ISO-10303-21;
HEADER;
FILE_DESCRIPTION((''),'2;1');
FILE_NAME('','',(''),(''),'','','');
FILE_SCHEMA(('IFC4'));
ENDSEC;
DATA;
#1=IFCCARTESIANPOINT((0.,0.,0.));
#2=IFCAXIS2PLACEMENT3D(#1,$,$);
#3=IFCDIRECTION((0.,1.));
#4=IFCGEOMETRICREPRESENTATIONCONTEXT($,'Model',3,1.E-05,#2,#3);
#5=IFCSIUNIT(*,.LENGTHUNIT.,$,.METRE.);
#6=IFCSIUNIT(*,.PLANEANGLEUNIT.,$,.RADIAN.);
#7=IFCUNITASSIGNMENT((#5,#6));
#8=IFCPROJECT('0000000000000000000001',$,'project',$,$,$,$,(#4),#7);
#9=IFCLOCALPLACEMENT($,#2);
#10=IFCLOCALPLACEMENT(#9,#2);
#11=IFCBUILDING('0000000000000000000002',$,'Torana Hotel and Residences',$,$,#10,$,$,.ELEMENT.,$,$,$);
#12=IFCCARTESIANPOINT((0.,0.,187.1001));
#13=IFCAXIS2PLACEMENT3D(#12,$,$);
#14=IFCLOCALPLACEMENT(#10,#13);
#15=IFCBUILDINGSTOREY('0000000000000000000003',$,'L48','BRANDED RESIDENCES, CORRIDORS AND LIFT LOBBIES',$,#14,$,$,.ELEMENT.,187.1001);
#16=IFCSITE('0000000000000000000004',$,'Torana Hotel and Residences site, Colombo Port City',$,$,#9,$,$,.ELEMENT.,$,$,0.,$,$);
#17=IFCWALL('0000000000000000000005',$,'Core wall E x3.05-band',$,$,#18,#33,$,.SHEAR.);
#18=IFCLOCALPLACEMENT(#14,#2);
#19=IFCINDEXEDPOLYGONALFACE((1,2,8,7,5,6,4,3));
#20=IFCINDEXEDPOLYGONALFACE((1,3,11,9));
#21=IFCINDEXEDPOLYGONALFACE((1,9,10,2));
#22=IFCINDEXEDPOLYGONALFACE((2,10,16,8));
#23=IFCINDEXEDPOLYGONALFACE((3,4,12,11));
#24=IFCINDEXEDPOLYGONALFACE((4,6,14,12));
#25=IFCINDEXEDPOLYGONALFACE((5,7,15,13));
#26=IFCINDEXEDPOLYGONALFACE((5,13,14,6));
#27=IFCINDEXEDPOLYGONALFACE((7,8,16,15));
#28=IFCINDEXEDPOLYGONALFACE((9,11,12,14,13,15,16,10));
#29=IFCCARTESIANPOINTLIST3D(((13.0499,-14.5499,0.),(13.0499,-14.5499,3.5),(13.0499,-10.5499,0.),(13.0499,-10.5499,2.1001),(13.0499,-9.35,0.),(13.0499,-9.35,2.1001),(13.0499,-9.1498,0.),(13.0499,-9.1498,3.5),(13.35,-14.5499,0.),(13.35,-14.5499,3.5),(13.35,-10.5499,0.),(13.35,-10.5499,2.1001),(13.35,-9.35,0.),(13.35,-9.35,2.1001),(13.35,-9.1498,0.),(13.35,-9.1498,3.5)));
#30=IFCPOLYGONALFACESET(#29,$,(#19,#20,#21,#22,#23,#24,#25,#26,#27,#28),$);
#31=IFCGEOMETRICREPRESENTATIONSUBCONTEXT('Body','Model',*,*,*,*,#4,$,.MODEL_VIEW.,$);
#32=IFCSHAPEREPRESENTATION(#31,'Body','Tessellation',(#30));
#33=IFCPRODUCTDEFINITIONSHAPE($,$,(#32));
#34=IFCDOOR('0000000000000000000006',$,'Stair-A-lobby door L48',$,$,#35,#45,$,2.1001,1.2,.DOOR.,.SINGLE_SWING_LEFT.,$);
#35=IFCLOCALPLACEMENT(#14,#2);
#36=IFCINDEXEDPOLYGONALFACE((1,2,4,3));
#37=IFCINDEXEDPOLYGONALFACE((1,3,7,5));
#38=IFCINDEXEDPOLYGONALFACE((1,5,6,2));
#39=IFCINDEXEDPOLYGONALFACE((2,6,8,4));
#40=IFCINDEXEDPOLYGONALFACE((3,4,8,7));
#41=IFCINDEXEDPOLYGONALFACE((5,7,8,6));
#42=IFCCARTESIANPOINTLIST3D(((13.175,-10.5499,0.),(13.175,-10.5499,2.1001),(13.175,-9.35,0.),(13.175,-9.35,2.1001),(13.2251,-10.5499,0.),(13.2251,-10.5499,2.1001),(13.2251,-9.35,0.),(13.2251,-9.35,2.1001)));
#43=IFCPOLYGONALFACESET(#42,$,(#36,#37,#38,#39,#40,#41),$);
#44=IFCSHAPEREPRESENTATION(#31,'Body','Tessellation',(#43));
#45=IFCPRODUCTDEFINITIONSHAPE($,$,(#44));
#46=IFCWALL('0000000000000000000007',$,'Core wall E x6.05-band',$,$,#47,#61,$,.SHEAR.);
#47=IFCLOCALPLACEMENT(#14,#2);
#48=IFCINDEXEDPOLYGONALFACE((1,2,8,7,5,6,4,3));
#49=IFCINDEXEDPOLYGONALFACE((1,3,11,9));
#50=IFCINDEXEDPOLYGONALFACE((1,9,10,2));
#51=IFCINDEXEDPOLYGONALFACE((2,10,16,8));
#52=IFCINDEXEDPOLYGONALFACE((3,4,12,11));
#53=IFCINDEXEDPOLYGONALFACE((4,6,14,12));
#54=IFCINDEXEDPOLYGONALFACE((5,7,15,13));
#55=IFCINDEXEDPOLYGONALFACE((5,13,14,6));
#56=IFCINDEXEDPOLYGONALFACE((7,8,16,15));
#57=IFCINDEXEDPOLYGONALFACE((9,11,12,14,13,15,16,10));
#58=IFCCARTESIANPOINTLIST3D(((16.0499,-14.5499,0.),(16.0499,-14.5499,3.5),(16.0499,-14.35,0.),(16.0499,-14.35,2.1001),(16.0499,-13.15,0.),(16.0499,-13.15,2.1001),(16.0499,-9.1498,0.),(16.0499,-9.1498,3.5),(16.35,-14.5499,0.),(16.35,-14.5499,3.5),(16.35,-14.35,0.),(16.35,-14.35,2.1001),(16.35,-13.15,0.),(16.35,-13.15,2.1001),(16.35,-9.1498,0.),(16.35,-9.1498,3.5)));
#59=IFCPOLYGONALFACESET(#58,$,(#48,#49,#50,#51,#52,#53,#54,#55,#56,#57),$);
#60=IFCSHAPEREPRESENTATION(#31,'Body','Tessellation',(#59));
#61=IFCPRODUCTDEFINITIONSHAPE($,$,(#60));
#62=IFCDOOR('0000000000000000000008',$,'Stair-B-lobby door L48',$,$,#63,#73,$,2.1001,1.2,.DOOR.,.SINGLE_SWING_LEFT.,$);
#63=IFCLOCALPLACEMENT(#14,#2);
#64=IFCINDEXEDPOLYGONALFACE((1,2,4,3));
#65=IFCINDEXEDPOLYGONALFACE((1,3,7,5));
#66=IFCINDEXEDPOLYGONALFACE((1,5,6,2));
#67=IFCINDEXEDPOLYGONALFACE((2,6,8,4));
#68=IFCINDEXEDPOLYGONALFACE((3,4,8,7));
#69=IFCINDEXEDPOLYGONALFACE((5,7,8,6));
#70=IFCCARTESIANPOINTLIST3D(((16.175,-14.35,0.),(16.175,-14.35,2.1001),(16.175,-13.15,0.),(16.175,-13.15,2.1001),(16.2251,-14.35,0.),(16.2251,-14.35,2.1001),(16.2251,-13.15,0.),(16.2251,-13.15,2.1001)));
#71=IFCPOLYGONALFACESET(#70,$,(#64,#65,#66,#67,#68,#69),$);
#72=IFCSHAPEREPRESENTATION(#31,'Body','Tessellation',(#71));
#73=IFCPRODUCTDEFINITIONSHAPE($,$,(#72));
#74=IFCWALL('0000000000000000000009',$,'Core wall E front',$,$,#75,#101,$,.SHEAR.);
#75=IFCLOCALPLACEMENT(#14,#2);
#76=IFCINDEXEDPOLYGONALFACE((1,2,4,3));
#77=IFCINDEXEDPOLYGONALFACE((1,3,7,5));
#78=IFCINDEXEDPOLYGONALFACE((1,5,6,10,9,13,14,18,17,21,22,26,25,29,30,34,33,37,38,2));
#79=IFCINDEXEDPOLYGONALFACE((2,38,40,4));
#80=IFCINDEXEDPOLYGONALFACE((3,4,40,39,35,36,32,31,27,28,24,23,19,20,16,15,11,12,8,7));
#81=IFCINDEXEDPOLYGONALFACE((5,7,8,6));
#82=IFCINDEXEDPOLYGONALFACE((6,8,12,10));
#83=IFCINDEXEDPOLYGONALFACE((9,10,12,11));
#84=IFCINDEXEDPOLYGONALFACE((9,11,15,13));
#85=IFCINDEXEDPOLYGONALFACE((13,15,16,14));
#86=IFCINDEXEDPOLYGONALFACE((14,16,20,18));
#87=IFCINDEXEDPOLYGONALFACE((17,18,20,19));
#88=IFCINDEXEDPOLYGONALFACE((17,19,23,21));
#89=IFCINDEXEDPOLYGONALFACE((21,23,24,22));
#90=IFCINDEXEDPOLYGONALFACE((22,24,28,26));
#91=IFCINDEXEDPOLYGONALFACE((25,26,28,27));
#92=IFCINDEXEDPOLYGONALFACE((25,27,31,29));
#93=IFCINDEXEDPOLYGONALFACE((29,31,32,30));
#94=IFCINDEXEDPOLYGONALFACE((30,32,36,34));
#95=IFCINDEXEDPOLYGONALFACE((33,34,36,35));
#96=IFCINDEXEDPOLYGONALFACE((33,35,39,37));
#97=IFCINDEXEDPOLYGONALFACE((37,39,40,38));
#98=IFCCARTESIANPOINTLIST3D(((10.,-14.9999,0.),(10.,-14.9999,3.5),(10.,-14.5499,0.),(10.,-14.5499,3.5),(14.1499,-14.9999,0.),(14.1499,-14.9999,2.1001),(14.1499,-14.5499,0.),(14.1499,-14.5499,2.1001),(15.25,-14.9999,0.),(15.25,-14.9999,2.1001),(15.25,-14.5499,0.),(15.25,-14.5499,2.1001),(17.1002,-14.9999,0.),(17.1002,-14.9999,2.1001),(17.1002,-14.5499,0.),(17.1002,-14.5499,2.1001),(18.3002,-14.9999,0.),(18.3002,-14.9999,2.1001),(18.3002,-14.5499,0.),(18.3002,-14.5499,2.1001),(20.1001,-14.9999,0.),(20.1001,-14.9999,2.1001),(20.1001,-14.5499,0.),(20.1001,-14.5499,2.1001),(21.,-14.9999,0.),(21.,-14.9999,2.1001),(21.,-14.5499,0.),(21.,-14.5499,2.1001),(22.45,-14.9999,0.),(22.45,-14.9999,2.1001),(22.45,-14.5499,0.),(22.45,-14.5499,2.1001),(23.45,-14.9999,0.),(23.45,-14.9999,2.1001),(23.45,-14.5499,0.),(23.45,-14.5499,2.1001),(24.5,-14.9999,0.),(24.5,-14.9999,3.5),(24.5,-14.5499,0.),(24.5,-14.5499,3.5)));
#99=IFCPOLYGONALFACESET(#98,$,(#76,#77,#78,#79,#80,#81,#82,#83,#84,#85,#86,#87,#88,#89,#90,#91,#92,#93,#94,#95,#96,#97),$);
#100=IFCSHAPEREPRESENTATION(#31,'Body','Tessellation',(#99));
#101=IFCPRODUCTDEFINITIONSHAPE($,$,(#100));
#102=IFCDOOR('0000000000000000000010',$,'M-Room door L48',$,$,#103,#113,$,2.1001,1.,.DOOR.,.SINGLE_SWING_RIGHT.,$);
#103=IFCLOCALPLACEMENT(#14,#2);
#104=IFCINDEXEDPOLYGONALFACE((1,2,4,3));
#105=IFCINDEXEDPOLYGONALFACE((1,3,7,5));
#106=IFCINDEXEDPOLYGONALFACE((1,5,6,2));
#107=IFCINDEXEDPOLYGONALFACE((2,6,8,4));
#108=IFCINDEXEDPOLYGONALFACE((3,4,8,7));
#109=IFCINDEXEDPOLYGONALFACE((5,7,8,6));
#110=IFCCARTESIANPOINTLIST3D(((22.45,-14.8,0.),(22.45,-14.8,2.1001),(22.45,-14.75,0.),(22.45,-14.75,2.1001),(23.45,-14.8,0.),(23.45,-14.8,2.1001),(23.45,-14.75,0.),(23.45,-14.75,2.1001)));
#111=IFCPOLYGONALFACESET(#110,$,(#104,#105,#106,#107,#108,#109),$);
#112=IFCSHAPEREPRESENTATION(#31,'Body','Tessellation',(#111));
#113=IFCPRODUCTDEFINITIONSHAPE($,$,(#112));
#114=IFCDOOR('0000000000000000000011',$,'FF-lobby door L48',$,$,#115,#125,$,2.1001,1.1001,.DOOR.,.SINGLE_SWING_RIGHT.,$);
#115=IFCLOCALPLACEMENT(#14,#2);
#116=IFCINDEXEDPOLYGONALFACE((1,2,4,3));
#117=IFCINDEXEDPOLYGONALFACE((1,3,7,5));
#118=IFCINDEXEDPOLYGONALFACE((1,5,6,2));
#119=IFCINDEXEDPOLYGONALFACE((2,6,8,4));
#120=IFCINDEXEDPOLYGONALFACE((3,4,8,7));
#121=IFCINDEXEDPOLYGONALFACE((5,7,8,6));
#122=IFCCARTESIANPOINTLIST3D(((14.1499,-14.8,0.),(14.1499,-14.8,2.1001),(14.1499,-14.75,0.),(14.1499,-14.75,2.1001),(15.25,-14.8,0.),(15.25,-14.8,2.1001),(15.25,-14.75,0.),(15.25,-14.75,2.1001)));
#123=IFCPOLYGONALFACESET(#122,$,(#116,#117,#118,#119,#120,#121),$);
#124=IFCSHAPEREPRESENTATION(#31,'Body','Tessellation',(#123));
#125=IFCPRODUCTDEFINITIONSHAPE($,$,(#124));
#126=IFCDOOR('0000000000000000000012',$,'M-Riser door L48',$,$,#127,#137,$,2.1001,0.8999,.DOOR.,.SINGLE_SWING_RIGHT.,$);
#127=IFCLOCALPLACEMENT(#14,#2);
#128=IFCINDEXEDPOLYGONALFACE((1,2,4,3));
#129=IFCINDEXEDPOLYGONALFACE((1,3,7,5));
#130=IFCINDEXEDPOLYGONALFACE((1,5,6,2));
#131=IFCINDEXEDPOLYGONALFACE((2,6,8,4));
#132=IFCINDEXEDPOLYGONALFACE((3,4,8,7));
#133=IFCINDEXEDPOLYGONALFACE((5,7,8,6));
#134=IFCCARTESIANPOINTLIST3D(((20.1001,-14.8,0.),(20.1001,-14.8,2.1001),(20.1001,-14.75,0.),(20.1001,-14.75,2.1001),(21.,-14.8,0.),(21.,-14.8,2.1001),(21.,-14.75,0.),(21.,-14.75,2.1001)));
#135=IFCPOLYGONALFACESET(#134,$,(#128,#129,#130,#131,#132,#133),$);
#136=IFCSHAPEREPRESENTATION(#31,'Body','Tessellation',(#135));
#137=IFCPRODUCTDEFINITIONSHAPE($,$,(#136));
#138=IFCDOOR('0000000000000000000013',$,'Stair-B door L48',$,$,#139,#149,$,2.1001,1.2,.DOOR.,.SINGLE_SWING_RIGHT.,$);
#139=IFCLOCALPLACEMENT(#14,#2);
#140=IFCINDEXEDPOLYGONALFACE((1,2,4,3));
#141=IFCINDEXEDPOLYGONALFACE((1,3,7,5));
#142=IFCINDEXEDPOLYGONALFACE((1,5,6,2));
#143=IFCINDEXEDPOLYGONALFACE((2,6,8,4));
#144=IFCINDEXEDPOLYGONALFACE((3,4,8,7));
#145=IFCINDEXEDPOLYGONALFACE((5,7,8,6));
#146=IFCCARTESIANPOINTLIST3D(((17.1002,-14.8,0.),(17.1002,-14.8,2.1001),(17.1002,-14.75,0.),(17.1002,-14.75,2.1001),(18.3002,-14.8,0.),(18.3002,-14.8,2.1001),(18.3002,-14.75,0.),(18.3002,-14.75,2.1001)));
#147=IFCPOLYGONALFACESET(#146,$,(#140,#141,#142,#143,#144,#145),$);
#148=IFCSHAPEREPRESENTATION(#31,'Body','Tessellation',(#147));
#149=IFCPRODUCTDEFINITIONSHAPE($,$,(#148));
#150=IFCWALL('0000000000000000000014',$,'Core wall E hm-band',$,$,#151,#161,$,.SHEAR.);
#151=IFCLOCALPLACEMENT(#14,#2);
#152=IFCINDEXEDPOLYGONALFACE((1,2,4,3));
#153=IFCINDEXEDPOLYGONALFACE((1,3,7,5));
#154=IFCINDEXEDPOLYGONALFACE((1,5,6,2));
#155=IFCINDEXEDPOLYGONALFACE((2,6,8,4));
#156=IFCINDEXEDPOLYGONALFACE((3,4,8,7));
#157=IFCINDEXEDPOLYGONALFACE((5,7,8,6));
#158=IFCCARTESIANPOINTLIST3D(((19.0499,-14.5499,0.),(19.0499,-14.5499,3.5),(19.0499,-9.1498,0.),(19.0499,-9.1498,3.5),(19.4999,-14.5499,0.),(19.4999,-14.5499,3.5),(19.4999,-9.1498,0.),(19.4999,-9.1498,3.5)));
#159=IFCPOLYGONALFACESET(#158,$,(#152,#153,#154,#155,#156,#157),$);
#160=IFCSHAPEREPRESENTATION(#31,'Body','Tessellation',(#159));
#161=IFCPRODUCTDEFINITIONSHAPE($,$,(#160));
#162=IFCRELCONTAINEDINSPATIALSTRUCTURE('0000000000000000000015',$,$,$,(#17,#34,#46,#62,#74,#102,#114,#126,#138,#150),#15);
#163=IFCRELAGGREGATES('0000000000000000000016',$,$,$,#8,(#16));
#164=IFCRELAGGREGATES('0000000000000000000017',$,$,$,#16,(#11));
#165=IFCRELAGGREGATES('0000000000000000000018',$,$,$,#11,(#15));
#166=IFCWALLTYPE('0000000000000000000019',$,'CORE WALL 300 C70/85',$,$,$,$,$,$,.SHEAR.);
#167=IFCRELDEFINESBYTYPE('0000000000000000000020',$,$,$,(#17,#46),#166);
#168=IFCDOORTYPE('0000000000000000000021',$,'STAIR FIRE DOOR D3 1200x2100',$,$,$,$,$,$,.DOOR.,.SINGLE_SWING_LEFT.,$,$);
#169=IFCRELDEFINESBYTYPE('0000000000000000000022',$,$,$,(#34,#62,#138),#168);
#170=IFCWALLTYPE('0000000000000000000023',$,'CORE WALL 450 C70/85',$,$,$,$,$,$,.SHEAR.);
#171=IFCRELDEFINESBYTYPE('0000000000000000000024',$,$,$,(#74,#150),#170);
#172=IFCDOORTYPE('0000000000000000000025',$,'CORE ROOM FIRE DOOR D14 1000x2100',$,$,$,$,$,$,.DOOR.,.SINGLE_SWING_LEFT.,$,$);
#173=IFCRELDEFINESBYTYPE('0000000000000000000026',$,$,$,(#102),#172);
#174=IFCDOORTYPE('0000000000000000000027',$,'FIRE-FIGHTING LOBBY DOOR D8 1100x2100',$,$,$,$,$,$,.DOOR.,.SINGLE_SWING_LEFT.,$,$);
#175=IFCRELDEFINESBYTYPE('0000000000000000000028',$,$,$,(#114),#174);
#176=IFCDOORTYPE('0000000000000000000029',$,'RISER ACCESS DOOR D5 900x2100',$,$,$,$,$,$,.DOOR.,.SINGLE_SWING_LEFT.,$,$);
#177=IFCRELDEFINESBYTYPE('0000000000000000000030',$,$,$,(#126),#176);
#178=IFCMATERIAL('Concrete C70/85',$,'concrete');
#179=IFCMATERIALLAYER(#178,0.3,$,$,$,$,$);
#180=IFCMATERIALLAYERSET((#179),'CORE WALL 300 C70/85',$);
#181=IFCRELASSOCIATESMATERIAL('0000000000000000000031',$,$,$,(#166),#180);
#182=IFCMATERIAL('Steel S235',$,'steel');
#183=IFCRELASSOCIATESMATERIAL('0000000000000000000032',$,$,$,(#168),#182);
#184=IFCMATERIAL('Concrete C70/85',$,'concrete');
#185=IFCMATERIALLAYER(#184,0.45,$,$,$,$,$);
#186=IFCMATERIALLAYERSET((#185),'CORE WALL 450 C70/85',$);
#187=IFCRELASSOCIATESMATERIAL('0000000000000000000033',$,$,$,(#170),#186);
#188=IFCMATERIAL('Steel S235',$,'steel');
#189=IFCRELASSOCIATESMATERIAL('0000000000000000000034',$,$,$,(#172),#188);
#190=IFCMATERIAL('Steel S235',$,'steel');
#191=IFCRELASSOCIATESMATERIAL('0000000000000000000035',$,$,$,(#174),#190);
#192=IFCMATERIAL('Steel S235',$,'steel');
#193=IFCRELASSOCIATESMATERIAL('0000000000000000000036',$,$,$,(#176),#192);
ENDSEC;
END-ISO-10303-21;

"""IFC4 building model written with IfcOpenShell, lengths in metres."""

from ifc_helpers import new_model, si_unit, direction, frame, frame_2d, origin, place, context, subcontext, project, spatial, rectangle, extrude, material, layer, layer_set, type_object, element, fill, save


model = new_model("IFC4")

# Units and contexts
model_context = context("Model", 3, precision=1e-05, world=origin(), true_north=direction((0.0, 1.0)))
body_context = subcontext(model_context, "Body", "Model", "MODEL_VIEW")
ifc_project = project(units=[si_unit("LENGTHUNIT", "METRE"), si_unit("PLANEANGLEUNIT", "RADIAN")], contexts=[model_context])

# Site, building, storey
site_placement = place(None, origin())
site = spatial("IfcSite", under=ifc_project, at=site_placement, Name="Torana Hotel and Residences site, Colombo Port City", CompositionType="ELEMENT", RefElevation=0.0)
building_placement = place(site_placement, origin())
building = spatial("IfcBuilding", under=site, at=building_placement, Name="Torana Hotel and Residences", CompositionType="ELEMENT")
storey_placement = place(building_placement, frame((0.0, 0.0, 187.1001)))
storey = spatial("IfcBuildingStorey", under=building, at=storey_placement, Name="L48", Description="BRANDED RESIDENCES, CORRIDORS AND LIFT LOBBIES", CompositionType="ELEMENT", Elevation=187.1001)

# Walls, openings, doors
ifc_material_1 = material(Name="Concrete C70/85", Category="concrete")
ifc_layer_1 = layer(ifc_material_1, 0.3)
ifc_layer_set_1 = layer_set([ifc_layer_1], Name="CORE WALL 300 C70/85")
wall_type_1 = type_object("IfcWallType", Name="CORE WALL 300 C70/85", PredefinedType="SHEAR", material=ifc_layer_set_1)
wall_1_placement = place(storey_placement, frame((13.2, -14.55, 0.0), z_axis=(0.0, 0.0, 1.0), x_axis=(0.0, 1.0, 0.0)))
wall_1 = element("IfcWall", 1, at=wall_1_placement, inside=storey, type_object=wall_type_1, Name="Core wall E x3.05-band", PredefinedType="SHEAR", context=body_context, shape_type="SweptSolid", body=[
    extrude(rectangle(XDim=5.4001, YDim=0.3, at=frame_2d((2.7002, 0.0))), origin(), (0.0, 0.0, 1.0), 3.5),
])
opening_1_placement = place(wall_1_placement, frame((4.0, 0.0, 0.0)))
opening_1 = element("IfcOpeningElement", 2, at=opening_1_placement, cuts=wall_1, PredefinedType="OPENING", context=body_context, shape_type="SweptSolid", body=[
    extrude(rectangle(XDim=1.2, YDim=2.1001, at=frame_2d((0.6001, 1.05))), frame((0.0, 0.1599, 0.0), z_axis=(0.0, -1.0, 0.0), x_axis=(1.0, 0.0, 0.0)), (0.0, 0.0, 1.0), 0.3201),
])
ifc_material_2 = material(Name="Steel S235", Category="steel")
door_type_1 = type_object("IfcDoorType", Name="STAIR FIRE DOOR D3 1200x2100", OperationType="SINGLE_SWING_LEFT", PredefinedType="DOOR", material=ifc_material_2)
door_1_placement = place(opening_1_placement, origin())
door_1 = element("IfcDoor", 3, at=door_1_placement, inside=storey, type_object=door_type_1, Name="Stair-A-lobby door L48", OperationType="SINGLE_SWING_LEFT", OverallHeight=2.1001, OverallWidth=1.2, PredefinedType="DOOR", context=body_context, shape_type="SweptSolid", body=[
    extrude(rectangle(XDim=1.2, YDim=2.1001, at=frame_2d((0.6001, 1.05))), frame((0.0, 0.0249, 0.0), z_axis=(0.0, -1.0, 0.0), x_axis=(1.0, 0.0, 0.0)), (0.0, 0.0, 1.0), 0.05),
])
fill(opening_1, door_1)
wall_2_placement = place(storey_placement, frame((16.2, -14.55, 0.0), z_axis=(0.0, 0.0, 1.0), x_axis=(0.0, 1.0, 0.0)))
wall_2 = element("IfcWall", 4, at=wall_2_placement, inside=storey, type_object=wall_type_1, Name="Core wall E x6.05-band", PredefinedType="SHEAR", context=body_context, shape_type="SweptSolid", body=[
    extrude(rectangle(XDim=5.4001, YDim=0.3, at=frame_2d((2.7002, 0.0))), origin(), (0.0, 0.0, 1.0), 3.5),
])
opening_2_placement = place(wall_2_placement, frame((0.2, 0.0, 0.0)))
opening_2 = element("IfcOpeningElement", 5, at=opening_2_placement, cuts=wall_2, PredefinedType="OPENING", context=body_context, shape_type="SweptSolid", body=[
    extrude(rectangle(XDim=1.2, YDim=2.1001, at=frame_2d((0.6001, 1.05))), frame((0.0, 0.1599, 0.0), z_axis=(0.0, -1.0, 0.0), x_axis=(1.0, 0.0, 0.0)), (0.0, 0.0, 1.0), 0.3201),
])
door_2_placement = place(opening_2_placement, frame((0.6001, 0.0, 0.0), z_axis=(0.0, 0.0, 1.0), x_axis=(-1.0, 0.0, 0.0)))
door_2 = element("IfcDoor", 6, at=door_2_placement, inside=storey, type_object=door_type_1, Name="Stair-B-lobby door L48", OperationType="SINGLE_SWING_LEFT", OverallHeight=2.1001, OverallWidth=1.2, PredefinedType="DOOR", context=body_context, shape_type="SweptSolid", body=[
    extrude(rectangle(XDim=1.2, YDim=2.1001, at=frame_2d((0.0, 1.05))), frame((0.0, -0.0249, 0.0), z_axis=(0.0, 1.0, 0.0), x_axis=(-1.0, 0.0, 0.0)), (0.0, 0.0, 1.0), 0.05),
])
fill(opening_2, door_2)

# Wall, openings, doors
ifc_material_3 = material(Name="Concrete C70/85", Category="concrete")
ifc_layer_2 = layer(ifc_material_3, 0.45)
ifc_layer_set_2 = layer_set([ifc_layer_2], Name="CORE WALL 450 C70/85")
wall_type_2 = type_object("IfcWallType", Name="CORE WALL 450 C70/85", PredefinedType="SHEAR", material=ifc_layer_set_2)
wall_3_placement = place(storey_placement, frame((10.0, -14.7749, 0.0), z_axis=(0.0, 0.0, 1.0), x_axis=(1.0, 0.0, 0.0)))
wall_3 = element("IfcWall", 7, at=wall_3_placement, inside=storey, type_object=wall_type_2, Name="Core wall E front", PredefinedType="SHEAR", context=body_context, shape_type="SweptSolid", body=[
    extrude(rectangle(XDim=14.5, YDim=0.45, at=frame_2d((7.25, 0.0))), origin(), (0.0, 0.0, 1.0), 3.5),
])
opening_3_placement = place(wall_3_placement, frame((7.1001, 0.0, 0.0)))
opening_3 = element("IfcOpeningElement", 8, at=opening_3_placement, cuts=wall_3, PredefinedType="OPENING", context=body_context, shape_type="SweptSolid", body=[
    extrude(rectangle(XDim=1.2, YDim=2.1001, at=frame_2d((0.6001, 1.05))), frame((0.0, 0.2349, 0.0), z_axis=(0.0, -1.0, 0.0), x_axis=(1.0, 0.0, 0.0)), (0.0, 0.0, 1.0), 0.47),
])
opening_4_placement = place(wall_3_placement, frame((4.1499, 0.0, 0.0)))
opening_4 = element("IfcOpeningElement", 9, at=opening_4_placement, cuts=wall_3, PredefinedType="OPENING", context=body_context, shape_type="SweptSolid", body=[
    extrude(rectangle(XDim=1.1001, YDim=2.1001, at=frame_2d((0.55, 1.05))), frame((0.0, 0.2349, 0.0), z_axis=(0.0, -1.0, 0.0), x_axis=(1.0, 0.0, 0.0)), (0.0, 0.0, 1.0), 0.47),
])
opening_5_placement = place(wall_3_placement, frame((10.1001, 0.0, 0.0)))
opening_5 = element("IfcOpeningElement", 10, at=opening_5_placement, cuts=wall_3, PredefinedType="OPENING", context=body_context, shape_type="SweptSolid", body=[
    extrude(rectangle(XDim=0.8999, YDim=2.1001, at=frame_2d((0.45, 1.05))), frame((0.0, 0.2349, 0.0), z_axis=(0.0, -1.0, 0.0), x_axis=(1.0, 0.0, 0.0)), (0.0, 0.0, 1.0), 0.47),
])
opening_6_placement = place(wall_3_placement, frame((12.45, 0.0, 0.0)))
opening_6 = element("IfcOpeningElement", 11, at=opening_6_placement, cuts=wall_3, PredefinedType="OPENING", context=body_context, shape_type="SweptSolid", body=[
    extrude(rectangle(XDim=1.0, YDim=2.1001, at=frame_2d((0.5, 1.05))), frame((0.0, 0.2349, 0.0), z_axis=(0.0, -1.0, 0.0), x_axis=(1.0, 0.0, 0.0)), (0.0, 0.0, 1.0), 0.47),
])
ifc_material_4 = material(Name="Steel S235", Category="steel")
door_type_2 = type_object("IfcDoorType", Name="CORE ROOM FIRE DOOR D14 1000x2100", OperationType="SINGLE_SWING_LEFT", PredefinedType="DOOR", material=ifc_material_4)
door_3_placement = place(opening_6_placement, origin())
door_3 = element("IfcDoor", 12, at=door_3_placement, inside=storey, type_object=door_type_2, Name="M-Room door L48", OperationType="SINGLE_SWING_RIGHT", OverallHeight=2.1001, OverallWidth=1.0, PredefinedType="DOOR", context=body_context, shape_type="SweptSolid", body=[
    extrude(rectangle(XDim=1.0, YDim=2.1001, at=frame_2d((0.5, 1.05))), frame((0.0, 0.0249, 0.0), z_axis=(0.0, -1.0, 0.0), x_axis=(1.0, 0.0, 0.0)), (0.0, 0.0, 1.0), 0.05),
])
fill(opening_6, door_3)
ifc_material_5 = material(Name="Steel S235", Category="steel")
door_type_3 = type_object("IfcDoorType", Name="FIRE-FIGHTING LOBBY DOOR D8 1100x2100", OperationType="SINGLE_SWING_LEFT", PredefinedType="DOOR", material=ifc_material_5)
door_4_placement = place(opening_4_placement, origin())
door_4 = element("IfcDoor", 13, at=door_4_placement, inside=storey, type_object=door_type_3, Name="FF-lobby door L48", OperationType="SINGLE_SWING_RIGHT", OverallHeight=2.1001, OverallWidth=1.1001, PredefinedType="DOOR", context=body_context, shape_type="SweptSolid", body=[
    extrude(rectangle(XDim=1.1001, YDim=2.1001, at=frame_2d((0.55, 1.05))), frame((0.0, 0.0249, 0.0), z_axis=(0.0, -1.0, 0.0), x_axis=(1.0, 0.0, 0.0)), (0.0, 0.0, 1.0), 0.05),
])
fill(opening_4, door_4)
ifc_material_6 = material(Name="Steel S235", Category="steel")
door_type_4 = type_object("IfcDoorType", Name="RISER ACCESS DOOR D5 900x2100", OperationType="SINGLE_SWING_LEFT", PredefinedType="DOOR", material=ifc_material_6)
door_5_placement = place(opening_5_placement, origin())
door_5 = element("IfcDoor", 14, at=door_5_placement, inside=storey, type_object=door_type_4, Name="M-Riser door L48", OperationType="SINGLE_SWING_RIGHT", OverallHeight=2.1001, OverallWidth=0.8999, PredefinedType="DOOR", context=body_context, shape_type="SweptSolid", body=[
    extrude(rectangle(XDim=0.8999, YDim=2.1001, at=frame_2d((0.45, 1.05))), frame((0.0, 0.0249, 0.0), z_axis=(0.0, -1.0, 0.0), x_axis=(1.0, 0.0, 0.0)), (0.0, 0.0, 1.0), 0.05),
])
fill(opening_5, door_5)
door_6_placement = place(opening_3_placement, origin())
door_6 = element("IfcDoor", 15, at=door_6_placement, inside=storey, type_object=door_type_1, Name="Stair-B door L48", OperationType="SINGLE_SWING_RIGHT", OverallHeight=2.1001, OverallWidth=1.2, PredefinedType="DOOR", context=body_context, shape_type="SweptSolid", body=[
    extrude(rectangle(XDim=1.2, YDim=2.1001, at=frame_2d((0.6001, 1.05))), frame((0.0, 0.0249, 0.0), z_axis=(0.0, -1.0, 0.0), x_axis=(1.0, 0.0, 0.0)), (0.0, 0.0, 1.0), 0.05),
])
fill(opening_3, door_6)

# Wall
wall_4_placement = place(storey_placement, frame((19.2749, -14.55, 0.0), z_axis=(0.0, 0.0, 1.0), x_axis=(0.0, 1.0, 0.0)))
element("IfcWall", 16, at=wall_4_placement, inside=storey, type_object=wall_type_2, Name="Core wall E hm-band", PredefinedType="SHEAR", context=body_context, shape_type="SweptSolid", body=[
    extrude(rectangle(XDim=5.4001, YDim=0.45, at=frame_2d((2.7002, 0.0))), origin(), (0.0, 0.0, 1.0), 3.5),
])

save(model, "model.ifc")
